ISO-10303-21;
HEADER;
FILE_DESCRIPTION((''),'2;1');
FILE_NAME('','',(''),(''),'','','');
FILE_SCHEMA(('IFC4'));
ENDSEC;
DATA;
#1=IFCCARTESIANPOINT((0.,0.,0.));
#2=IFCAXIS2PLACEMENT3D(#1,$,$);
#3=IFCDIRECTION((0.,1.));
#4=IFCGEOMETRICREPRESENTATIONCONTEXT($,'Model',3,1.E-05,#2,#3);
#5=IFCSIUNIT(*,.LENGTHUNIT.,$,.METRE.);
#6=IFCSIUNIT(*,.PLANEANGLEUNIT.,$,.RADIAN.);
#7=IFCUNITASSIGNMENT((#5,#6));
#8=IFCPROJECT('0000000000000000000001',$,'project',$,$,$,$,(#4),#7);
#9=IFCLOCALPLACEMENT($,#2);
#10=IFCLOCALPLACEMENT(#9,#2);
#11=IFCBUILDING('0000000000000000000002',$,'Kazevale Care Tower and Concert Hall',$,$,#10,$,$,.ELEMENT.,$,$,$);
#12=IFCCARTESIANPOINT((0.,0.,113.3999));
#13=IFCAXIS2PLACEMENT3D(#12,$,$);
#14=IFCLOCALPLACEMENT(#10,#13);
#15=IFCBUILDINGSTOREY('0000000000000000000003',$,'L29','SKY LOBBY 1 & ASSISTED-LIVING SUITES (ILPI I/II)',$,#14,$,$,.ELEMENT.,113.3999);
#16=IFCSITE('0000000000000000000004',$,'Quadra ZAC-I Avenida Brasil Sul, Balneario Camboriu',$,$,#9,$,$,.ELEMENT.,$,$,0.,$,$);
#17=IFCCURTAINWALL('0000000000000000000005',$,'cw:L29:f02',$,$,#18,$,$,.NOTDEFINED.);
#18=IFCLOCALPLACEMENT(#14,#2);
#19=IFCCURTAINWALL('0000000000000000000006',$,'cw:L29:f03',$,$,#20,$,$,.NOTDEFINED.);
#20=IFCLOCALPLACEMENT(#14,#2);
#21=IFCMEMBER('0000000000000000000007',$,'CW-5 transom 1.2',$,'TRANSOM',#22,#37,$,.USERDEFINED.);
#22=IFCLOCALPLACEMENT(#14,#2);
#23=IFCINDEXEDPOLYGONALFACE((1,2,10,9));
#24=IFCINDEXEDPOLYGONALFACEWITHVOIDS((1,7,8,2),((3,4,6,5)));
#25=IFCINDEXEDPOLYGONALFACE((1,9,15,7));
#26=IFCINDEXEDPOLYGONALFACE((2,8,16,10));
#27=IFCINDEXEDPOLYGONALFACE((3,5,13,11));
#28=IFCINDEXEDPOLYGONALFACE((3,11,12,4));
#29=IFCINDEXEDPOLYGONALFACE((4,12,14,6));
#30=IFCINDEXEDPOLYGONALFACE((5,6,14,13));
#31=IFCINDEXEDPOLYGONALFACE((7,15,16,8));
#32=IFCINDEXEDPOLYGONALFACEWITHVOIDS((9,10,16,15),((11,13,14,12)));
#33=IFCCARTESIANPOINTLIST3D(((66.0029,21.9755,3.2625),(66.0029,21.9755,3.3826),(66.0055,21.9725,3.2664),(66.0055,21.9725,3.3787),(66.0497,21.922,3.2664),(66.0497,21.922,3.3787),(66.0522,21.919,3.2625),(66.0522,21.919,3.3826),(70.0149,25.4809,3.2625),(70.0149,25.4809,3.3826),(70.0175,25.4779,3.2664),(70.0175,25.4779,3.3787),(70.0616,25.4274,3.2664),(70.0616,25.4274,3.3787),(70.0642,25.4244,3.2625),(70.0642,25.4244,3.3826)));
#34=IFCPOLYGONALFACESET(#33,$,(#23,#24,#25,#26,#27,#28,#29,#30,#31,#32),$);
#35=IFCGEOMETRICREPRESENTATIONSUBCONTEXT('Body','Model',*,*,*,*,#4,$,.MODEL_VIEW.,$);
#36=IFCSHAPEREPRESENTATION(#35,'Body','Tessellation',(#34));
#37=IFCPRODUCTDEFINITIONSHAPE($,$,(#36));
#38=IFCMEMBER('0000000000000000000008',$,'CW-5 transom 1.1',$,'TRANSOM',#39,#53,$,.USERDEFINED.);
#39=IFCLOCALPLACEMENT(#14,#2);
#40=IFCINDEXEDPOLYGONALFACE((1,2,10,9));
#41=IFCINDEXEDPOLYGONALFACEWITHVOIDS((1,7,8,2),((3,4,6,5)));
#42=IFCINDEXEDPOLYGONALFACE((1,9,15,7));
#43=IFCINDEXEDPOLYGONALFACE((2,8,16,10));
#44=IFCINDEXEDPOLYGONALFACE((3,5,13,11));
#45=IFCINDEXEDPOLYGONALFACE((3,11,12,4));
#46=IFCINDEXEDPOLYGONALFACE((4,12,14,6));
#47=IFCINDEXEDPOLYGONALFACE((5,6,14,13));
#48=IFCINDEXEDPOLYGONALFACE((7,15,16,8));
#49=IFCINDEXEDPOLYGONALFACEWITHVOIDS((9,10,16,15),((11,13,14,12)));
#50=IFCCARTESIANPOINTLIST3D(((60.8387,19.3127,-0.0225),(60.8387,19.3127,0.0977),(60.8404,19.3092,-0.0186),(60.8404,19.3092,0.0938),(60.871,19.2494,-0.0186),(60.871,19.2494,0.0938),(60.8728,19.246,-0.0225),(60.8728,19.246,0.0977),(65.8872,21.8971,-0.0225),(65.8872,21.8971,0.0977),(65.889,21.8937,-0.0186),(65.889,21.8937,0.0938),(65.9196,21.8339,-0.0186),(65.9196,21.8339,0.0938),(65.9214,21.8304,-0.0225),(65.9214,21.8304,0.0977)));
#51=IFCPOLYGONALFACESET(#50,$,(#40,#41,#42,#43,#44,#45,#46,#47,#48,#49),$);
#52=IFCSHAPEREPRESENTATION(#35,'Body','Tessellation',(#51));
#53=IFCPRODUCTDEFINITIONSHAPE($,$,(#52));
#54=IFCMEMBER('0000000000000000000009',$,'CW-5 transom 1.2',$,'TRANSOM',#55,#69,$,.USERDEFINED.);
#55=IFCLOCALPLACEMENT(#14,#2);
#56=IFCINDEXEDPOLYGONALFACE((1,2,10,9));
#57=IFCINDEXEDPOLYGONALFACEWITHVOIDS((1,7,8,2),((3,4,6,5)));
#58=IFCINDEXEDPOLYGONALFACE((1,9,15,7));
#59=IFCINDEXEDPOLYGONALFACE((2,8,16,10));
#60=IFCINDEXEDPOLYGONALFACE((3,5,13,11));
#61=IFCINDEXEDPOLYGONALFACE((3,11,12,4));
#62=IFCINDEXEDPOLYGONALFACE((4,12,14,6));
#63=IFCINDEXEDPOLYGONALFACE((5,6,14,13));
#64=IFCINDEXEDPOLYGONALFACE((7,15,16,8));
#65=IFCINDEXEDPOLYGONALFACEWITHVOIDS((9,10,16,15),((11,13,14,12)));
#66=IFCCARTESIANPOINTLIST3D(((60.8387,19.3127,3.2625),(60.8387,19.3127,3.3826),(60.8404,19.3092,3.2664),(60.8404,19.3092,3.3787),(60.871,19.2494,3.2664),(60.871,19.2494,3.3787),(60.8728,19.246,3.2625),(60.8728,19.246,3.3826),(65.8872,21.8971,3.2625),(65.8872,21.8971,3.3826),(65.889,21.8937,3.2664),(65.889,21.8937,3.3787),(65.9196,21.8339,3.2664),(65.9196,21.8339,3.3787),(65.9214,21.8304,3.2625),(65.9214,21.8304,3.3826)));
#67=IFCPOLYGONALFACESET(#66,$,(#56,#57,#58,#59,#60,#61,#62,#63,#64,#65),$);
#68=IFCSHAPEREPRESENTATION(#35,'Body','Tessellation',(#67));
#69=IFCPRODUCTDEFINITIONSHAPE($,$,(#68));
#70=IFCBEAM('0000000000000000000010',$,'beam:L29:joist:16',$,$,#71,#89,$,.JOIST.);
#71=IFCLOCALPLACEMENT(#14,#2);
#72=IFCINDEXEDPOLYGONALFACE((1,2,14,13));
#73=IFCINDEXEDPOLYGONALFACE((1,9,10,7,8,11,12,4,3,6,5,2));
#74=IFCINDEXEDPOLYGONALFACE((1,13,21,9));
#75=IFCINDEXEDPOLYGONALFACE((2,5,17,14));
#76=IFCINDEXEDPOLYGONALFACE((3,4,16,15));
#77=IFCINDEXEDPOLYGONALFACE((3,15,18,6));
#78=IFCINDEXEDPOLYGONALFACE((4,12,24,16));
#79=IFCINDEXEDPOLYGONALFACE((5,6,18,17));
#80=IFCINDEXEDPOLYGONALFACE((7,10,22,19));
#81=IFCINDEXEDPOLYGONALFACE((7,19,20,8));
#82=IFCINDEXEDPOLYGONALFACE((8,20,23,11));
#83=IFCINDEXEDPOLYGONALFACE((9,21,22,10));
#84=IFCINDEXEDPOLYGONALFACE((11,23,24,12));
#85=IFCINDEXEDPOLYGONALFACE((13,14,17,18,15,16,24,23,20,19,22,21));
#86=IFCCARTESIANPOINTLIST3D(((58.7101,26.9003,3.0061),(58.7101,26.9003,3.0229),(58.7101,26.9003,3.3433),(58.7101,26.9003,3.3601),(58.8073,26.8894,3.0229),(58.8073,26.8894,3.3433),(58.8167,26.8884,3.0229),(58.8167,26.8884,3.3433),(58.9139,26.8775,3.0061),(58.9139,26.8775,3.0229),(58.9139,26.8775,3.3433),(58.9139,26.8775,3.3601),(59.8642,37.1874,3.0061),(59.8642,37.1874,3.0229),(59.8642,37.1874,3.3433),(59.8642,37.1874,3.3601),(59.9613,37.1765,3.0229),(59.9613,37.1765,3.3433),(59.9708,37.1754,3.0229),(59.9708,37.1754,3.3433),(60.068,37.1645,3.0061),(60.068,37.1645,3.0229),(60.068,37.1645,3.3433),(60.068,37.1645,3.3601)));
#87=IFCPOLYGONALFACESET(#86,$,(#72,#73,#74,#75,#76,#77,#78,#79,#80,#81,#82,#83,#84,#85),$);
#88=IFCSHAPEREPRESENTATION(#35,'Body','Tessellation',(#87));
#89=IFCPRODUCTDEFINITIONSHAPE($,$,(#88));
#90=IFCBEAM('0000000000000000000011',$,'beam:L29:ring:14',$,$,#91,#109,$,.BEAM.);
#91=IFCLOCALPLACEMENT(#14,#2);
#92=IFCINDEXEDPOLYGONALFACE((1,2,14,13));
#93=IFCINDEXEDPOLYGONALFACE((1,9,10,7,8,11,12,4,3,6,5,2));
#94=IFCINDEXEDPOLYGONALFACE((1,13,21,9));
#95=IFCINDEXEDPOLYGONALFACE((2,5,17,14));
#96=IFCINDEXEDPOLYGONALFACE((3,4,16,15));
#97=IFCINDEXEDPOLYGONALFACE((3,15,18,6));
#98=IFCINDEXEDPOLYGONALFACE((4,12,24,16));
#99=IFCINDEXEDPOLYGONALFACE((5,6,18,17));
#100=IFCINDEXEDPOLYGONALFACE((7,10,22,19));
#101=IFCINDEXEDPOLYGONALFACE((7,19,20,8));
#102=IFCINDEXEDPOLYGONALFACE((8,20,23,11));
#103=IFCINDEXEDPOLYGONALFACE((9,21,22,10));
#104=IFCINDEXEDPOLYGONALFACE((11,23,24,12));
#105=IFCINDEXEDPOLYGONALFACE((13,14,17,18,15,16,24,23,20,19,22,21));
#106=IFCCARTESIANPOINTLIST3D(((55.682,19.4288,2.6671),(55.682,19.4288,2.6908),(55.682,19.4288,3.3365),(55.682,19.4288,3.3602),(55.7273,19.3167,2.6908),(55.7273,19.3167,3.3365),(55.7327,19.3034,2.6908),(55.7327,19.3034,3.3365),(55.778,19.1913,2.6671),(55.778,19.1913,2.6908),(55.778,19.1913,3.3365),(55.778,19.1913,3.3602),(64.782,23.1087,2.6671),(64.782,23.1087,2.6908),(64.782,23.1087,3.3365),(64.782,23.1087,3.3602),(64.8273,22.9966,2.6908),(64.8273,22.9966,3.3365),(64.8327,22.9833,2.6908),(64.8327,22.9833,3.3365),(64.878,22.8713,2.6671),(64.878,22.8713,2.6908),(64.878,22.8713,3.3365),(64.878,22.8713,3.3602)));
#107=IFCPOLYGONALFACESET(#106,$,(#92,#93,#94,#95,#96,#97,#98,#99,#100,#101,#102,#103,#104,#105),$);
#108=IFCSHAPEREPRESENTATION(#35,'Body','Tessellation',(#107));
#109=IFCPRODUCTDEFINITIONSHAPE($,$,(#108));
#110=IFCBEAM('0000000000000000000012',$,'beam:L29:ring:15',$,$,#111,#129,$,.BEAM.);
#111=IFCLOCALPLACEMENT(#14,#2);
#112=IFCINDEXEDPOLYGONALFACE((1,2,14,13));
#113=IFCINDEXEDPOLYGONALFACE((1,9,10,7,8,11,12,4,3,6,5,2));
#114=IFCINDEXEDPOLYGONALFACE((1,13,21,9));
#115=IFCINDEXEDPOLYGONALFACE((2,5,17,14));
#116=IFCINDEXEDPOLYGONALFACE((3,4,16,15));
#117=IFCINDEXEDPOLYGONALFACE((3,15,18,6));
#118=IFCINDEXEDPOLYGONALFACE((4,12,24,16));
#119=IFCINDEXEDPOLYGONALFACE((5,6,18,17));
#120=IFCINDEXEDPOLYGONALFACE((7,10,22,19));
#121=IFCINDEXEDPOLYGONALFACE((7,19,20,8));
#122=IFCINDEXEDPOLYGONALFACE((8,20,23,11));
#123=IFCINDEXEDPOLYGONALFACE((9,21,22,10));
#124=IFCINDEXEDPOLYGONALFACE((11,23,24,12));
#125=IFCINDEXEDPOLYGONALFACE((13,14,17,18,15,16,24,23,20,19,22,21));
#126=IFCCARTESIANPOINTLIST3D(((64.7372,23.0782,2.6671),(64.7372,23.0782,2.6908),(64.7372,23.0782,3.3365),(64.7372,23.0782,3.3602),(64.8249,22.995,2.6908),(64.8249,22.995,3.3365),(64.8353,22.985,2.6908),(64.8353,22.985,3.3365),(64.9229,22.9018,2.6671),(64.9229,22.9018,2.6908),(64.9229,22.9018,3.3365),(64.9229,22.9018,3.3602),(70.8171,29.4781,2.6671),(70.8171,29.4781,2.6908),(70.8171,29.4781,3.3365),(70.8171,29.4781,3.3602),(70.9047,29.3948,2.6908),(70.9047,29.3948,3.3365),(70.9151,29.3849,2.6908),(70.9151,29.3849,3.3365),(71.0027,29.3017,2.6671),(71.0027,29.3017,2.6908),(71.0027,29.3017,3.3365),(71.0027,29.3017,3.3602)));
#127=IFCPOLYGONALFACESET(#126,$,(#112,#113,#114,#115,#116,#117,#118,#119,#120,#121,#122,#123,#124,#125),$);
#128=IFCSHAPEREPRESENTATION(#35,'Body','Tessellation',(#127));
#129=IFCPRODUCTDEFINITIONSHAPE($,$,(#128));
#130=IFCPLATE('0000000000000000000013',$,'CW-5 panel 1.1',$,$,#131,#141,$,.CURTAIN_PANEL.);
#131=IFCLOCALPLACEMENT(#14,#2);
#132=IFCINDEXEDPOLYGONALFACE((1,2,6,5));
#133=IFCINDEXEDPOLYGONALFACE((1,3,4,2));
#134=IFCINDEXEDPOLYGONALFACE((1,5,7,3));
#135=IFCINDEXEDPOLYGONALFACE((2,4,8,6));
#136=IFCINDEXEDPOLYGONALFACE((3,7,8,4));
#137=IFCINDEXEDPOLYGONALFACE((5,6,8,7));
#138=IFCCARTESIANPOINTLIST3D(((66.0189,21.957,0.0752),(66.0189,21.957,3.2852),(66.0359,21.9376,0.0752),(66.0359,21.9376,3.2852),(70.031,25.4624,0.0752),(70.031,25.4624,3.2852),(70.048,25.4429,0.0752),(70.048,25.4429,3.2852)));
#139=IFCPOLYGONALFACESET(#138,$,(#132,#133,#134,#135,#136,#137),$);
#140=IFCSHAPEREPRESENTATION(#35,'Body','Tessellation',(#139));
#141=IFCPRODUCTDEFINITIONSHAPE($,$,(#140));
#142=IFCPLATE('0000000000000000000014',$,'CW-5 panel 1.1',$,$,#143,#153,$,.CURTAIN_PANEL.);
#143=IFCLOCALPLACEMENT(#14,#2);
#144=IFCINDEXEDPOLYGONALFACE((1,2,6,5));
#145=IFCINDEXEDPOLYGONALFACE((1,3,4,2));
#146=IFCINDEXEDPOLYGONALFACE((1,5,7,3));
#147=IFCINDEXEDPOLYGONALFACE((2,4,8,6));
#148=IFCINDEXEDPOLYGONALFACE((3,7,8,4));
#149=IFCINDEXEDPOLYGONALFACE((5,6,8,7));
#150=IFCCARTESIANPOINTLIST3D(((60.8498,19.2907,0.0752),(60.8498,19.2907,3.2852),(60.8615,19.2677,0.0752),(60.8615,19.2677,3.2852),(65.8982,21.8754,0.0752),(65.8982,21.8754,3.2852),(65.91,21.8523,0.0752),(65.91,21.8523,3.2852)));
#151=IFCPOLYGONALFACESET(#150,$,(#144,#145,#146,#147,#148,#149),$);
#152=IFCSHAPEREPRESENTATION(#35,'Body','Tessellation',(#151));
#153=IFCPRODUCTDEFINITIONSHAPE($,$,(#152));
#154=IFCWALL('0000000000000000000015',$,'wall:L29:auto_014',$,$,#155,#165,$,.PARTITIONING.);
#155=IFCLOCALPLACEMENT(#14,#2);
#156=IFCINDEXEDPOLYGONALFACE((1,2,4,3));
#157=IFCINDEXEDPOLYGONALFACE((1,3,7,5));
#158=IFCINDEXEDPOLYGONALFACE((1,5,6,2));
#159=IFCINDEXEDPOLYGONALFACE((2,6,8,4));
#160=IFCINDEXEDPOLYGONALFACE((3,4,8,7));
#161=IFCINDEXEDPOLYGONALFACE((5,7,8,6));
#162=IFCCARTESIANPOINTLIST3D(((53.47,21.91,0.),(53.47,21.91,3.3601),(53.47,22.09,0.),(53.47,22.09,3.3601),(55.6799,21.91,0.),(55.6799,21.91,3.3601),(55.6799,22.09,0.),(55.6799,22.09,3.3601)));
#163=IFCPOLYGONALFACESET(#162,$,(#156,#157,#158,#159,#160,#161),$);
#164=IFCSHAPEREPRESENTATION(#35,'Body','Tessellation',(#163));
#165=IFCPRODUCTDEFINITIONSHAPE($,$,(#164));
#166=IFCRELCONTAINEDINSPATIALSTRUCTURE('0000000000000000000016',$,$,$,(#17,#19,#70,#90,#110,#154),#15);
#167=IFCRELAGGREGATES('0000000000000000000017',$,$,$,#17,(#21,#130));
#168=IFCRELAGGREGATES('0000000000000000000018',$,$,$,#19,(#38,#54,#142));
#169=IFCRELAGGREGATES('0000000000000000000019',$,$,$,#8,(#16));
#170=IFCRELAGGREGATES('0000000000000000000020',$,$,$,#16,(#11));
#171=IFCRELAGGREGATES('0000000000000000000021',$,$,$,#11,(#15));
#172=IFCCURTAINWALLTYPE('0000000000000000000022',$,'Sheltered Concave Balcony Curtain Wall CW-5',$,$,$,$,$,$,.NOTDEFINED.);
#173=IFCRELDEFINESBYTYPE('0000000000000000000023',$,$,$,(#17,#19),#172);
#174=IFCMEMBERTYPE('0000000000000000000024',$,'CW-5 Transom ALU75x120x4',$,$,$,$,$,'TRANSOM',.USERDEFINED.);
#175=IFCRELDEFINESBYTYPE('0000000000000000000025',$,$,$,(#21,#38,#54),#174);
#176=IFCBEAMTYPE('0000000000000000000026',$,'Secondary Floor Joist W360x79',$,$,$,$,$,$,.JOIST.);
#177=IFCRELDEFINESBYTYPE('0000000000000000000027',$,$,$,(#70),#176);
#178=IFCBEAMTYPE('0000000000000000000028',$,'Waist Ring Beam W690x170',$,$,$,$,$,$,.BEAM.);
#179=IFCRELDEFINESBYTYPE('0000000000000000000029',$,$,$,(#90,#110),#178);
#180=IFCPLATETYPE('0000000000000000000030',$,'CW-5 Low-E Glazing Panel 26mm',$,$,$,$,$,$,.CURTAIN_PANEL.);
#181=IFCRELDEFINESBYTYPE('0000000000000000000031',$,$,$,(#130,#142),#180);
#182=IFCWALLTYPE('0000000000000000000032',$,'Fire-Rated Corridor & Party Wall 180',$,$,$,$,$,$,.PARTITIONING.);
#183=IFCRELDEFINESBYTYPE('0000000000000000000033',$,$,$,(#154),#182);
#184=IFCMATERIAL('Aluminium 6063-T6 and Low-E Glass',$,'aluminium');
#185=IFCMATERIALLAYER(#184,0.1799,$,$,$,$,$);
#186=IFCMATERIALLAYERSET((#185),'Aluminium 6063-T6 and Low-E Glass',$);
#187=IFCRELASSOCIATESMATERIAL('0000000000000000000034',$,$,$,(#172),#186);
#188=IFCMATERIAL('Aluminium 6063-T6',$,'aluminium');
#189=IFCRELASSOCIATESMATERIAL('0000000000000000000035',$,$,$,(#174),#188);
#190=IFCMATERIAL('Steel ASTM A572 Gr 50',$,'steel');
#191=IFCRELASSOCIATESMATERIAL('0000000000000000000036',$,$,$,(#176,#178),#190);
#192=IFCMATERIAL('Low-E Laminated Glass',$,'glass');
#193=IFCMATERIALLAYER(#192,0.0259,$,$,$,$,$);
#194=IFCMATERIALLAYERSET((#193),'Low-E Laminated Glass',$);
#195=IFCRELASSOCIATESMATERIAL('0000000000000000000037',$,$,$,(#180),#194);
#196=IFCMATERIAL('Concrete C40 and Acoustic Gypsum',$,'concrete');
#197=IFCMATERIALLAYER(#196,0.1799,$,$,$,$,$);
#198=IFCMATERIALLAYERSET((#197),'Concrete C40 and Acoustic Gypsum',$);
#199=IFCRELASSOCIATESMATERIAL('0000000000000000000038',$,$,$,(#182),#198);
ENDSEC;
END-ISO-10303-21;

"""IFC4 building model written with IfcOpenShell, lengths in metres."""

from ifc_helpers import new_model, si_unit, direction, frame, frame_2d, origin, origin_2d, place, context, subcontext, project, spatial, rectangle, hollow_rectangle, i_section, extrude, material, layer, layer_set, material_profile, profile_set, type_object, element, aggregate, save


model = new_model("IFC4")

# Units and contexts
model_context = context("Model", 3, precision=1e-05, world=origin(), true_north=direction((0.0, 1.0)))
body_context = subcontext(model_context, "Body", "Model", "MODEL_VIEW")
ifc_project = project(units=[si_unit("LENGTHUNIT", "METRE"), si_unit("PLANEANGLEUNIT", "RADIAN")], contexts=[model_context])

# Site, building, storey
site_placement = place(None, origin())
site = spatial("IfcSite", under=ifc_project, at=site_placement, Name="Quadra ZAC-I Avenida Brasil Sul, Balneario Camboriu", CompositionType="ELEMENT", RefElevation=0.0)
building_placement = place(site_placement, origin())
building = spatial("IfcBuilding", under=site, at=building_placement, Name="Kazevale Care Tower and Concert Hall", CompositionType="ELEMENT")
storey_placement = place(building_placement, frame((0.0, 0.0, 113.3999)))
storey = spatial("IfcBuildingStorey", under=building, at=storey_placement, Name="L29", Description="SKY LOBBY 1 & ASSISTED-LIVING SUITES (ILPI I/II)", CompositionType="ELEMENT", Elevation=113.3999)

# Curtain walls
ifc_material_1 = material(Name="Aluminium 6063-T6 and Low-E Glass", Category="aluminium")
ifc_layer_1 = layer(ifc_material_1, 0.1799)
ifc_layer_set_1 = layer_set([ifc_layer_1], Name="Aluminium 6063-T6 and Low-E Glass")
curtain_wall_type = type_object("IfcCurtainWallType", Name="Sheltered Concave Balcony Curtain Wall CW-5", PredefinedType="NOTDEFINED", material=ifc_layer_set_1)
curtain_wall_1_placement = place(storey_placement, origin())
curtain_wall_1 = element("IfcCurtainWall", 1, at=curtain_wall_1_placement, inside=storey, type_object=curtain_wall_type, Name="cw:L29:f02", PredefinedType="NOTDEFINED")
ifc_material_2 = material(Name="Aluminium 6063-T6", Category="aluminium")
curtain_wall_2_placement = place(storey_placement, origin())
curtain_wall_2 = element("IfcCurtainWall", 2, at=curtain_wall_2_placement, inside=storey, type_object=curtain_wall_type, Name="cw:L29:f03", PredefinedType="NOTDEFINED")

# Members
ifc_material_profile_1 = material_profile(ifc_material_2, hollow_rectangle(XDim=0.075, YDim=0.1201, WallThickness=0.0039, at=origin_2d()), Name="ALU75x120x4")
ifc_profile_set_1 = profile_set([ifc_material_profile_1], Name="Aluminium 6063-T6")
member_type_1 = type_object("IfcMemberType", Name="CW-5 Transom ALU75x120x4", ElementType="TRANSOM", PredefinedType="USERDEFINED", material=ifc_profile_set_1)
member_1_placement = place(storey_placement, frame((70.0396, 25.4526, 3.3225), z_axis=(-0.753051, -0.657963, 0.0), x_axis=(0.657963, -0.753051, 0.0)))
member_1 = element("IfcMember", 3, at=member_1_placement, type_object=member_type_1, Name="CW-5 transom 1.2", ObjectType="TRANSOM", PredefinedType="USERDEFINED", context=body_context, shape_type="SweptSolid", body=[
    extrude(hollow_rectangle(XDim=0.075, YDim=0.1201, WallThickness=0.0039, at=origin_2d()), origin(), (0.0, 0.0, 1.0), 5.3276),
])
member_2_placement = place(storey_placement, frame((65.9043, 21.8638, 0.0376), z_axis=(-0.890143, -0.455682, 0.0), x_axis=(0.455682, -0.890143, 0.0)))
member_2 = element("IfcMember", 4, at=member_2_placement, type_object=member_type_1, Name="CW-5 transom 1.1", ObjectType="TRANSOM", PredefinedType="USERDEFINED", context=body_context, shape_type="SweptSolid", body=[
    extrude(hollow_rectangle(XDim=0.075, YDim=0.1201, WallThickness=0.0039, at=origin_2d()), origin(), (0.0, 0.0, 1.0), 5.6716),
])
member_3_placement = place(storey_placement, frame((65.9043, 21.8638, 3.3225), z_axis=(-0.890143, -0.455682, 0.0), x_axis=(0.455682, -0.890143, 0.0)))
member_3 = element("IfcMember", 5, at=member_3_placement, type_object=member_type_1, Name="CW-5 transom 1.2", ObjectType="TRANSOM", PredefinedType="USERDEFINED", context=body_context, shape_type="SweptSolid", body=[
    extrude(hollow_rectangle(XDim=0.075, YDim=0.1201, WallThickness=0.0039, at=origin_2d()), origin(), (0.0, 0.0, 1.0), 5.6716),
])

# Beams
ifc_material_3 = material(Name="Steel ASTM A572 Gr 50", Category="steel")
ifc_material_profile_2 = material_profile(ifc_material_3, i_section(OverallWidth=0.2051, OverallDepth=0.354, WebThickness=0.0095, FlangeThickness=0.0168, at=origin_2d()), Name="W360x79")
ifc_profile_set_2 = profile_set([ifc_material_profile_2], Name="Steel ASTM A572 Gr 50")
beam_type_1 = type_object("IfcBeamType", Name="Secondary Floor Joist W360x79", PredefinedType="JOIST", material=ifc_profile_set_2)
beam_1_placement = place(storey_placement, frame((58.812, 26.8889, 3.1831), z_axis=(0.111485, 0.993766, 0.0), x_axis=(-0.993766, 0.111485, 0.0)))
element("IfcBeam", 6, at=beam_1_placement, inside=storey, type_object=beam_type_1, Name="beam:L29:joist:16", PredefinedType="JOIST", context=body_context, shape_type="SweptSolid", body=[
    extrude(i_section(OverallWidth=0.2051, OverallDepth=0.354, WebThickness=0.0095, FlangeThickness=0.0168, at=origin_2d()), origin(), (0.0, 0.0, 1.0), 10.3516),
])
ifc_material_profile_3 = material_profile(ifc_material_3, i_section(OverallWidth=0.2561, OverallDepth=0.6931, WebThickness=0.0144, FlangeThickness=0.0237, at=origin_2d()), Name="W690x170")
ifc_profile_set_3 = profile_set([ifc_material_profile_3], Name="Steel ASTM A572 Gr 50")
beam_type_2 = type_object("IfcBeamType", Name="Waist Ring Beam W690x170", PredefinedType="BEAM", material=ifc_profile_set_3)
beam_2_placement = place(storey_placement, frame((55.73, 19.3101, 3.0137), z_axis=(0.927069, 0.374892, 0.0), x_axis=(-0.374892, 0.927069, 0.0)))
element("IfcBeam", 7, at=beam_2_placement, inside=storey, type_object=beam_type_2, Name="beam:L29:ring:14", PredefinedType="BEAM", context=body_context, shape_type="SweptSolid", body=[
    extrude(i_section(OverallWidth=0.2561, OverallDepth=0.6931, WebThickness=0.0144, FlangeThickness=0.0237, at=origin_2d()), origin(), (0.0, 0.0, 1.0), 9.8159),
])
beam_3_placement = place(storey_placement, frame((64.8301, 22.99, 3.0137), z_axis=(0.688745, 0.725004, 0.0), x_axis=(-0.725004, 0.688745, 0.0)))
element("IfcBeam", 8, at=beam_3_placement, inside=storey, type_object=beam_type_2, Name="beam:L29:ring:15", PredefinedType="BEAM", context=body_context, shape_type="SweptSolid", body=[
    extrude(i_section(OverallWidth=0.2561, OverallDepth=0.6931, WebThickness=0.0144, FlangeThickness=0.0237, at=origin_2d()), origin(), (0.0, 0.0, 1.0), 8.8274),
])

# Plates
ifc_material_4 = material(Name="Low-E Laminated Glass", Category="glass")
ifc_layer_2 = layer(ifc_material_4, 0.0259)
ifc_layer_set_2 = layer_set([ifc_layer_2], Name="Low-E Laminated Glass")
plate_type = type_object("IfcPlateType", Name="CW-5 Low-E Glazing Panel 26mm", PredefinedType="CURTAIN_PANEL", material=ifc_layer_set_2)
plate_1_placement = place(storey_placement, frame((68.0334, 23.7, 0.0752), z_axis=(0.0, 0.0, 1.0), x_axis=(-0.753063, -0.657949, 0.0)))
plate_1 = element("IfcPlate", 9, at=plate_1_placement, type_object=plate_type, Name="CW-5 panel 1.1", PredefinedType="CURTAIN_PANEL", context=body_context, shape_type="SweptSolid", body=[
    extrude(rectangle(XDim=5.3276, YDim=0.0259, at=origin_2d()), origin(), (0.0, 0.0, 1.0), 3.21),
])
aggregate(curtain_wall_1, [member_1, plate_1])
plate_2_placement = place(storey_placement, frame((63.3799, 20.5715, 0.0752), z_axis=(0.0, 0.0, 1.0), x_axis=(-0.890127, -0.455713, 0.0)))
plate_2 = element("IfcPlate", 10, at=plate_2_placement, type_object=plate_type, Name="CW-5 panel 1.1", PredefinedType="CURTAIN_PANEL", context=body_context, shape_type="SweptSolid", body=[
    extrude(rectangle(XDim=5.6716, YDim=0.0259, at=origin_2d()), origin(), (0.0, 0.0, 1.0), 3.21),
])
aggregate(curtain_wall_2, [member_2, member_3, plate_2])

# Wall
ifc_material_5 = material(Name="Concrete C40 and Acoustic Gypsum", Category="concrete")
ifc_layer_3 = layer(ifc_material_5, 0.1799)
ifc_layer_set_3 = layer_set([ifc_layer_3], Name="Concrete C40 and Acoustic Gypsum")
wall_type_1 = type_object("IfcWallType", Name="Fire-Rated Corridor & Party Wall 180", PredefinedType="PARTITIONING", material=ifc_layer_set_3)
wall_1_placement = place(storey_placement, frame((55.6799, 22.0, 0.0), z_axis=(0.0, 0.0, 1.0), x_axis=(-1.0, 0.0, 0.0)))
element("IfcWall", 11, at=wall_1_placement, inside=storey, type_object=wall_type_1, Name="wall:L29:auto_014", PredefinedType="PARTITIONING", context=body_context, shape_type="SweptSolid", body=[
    extrude(rectangle(XDim=2.21, YDim=0.1799, at=frame_2d((1.105, 0.0))), origin(), (0.0, 0.0, 1.0), 3.3601),
])

save(model, "model.ifc")
